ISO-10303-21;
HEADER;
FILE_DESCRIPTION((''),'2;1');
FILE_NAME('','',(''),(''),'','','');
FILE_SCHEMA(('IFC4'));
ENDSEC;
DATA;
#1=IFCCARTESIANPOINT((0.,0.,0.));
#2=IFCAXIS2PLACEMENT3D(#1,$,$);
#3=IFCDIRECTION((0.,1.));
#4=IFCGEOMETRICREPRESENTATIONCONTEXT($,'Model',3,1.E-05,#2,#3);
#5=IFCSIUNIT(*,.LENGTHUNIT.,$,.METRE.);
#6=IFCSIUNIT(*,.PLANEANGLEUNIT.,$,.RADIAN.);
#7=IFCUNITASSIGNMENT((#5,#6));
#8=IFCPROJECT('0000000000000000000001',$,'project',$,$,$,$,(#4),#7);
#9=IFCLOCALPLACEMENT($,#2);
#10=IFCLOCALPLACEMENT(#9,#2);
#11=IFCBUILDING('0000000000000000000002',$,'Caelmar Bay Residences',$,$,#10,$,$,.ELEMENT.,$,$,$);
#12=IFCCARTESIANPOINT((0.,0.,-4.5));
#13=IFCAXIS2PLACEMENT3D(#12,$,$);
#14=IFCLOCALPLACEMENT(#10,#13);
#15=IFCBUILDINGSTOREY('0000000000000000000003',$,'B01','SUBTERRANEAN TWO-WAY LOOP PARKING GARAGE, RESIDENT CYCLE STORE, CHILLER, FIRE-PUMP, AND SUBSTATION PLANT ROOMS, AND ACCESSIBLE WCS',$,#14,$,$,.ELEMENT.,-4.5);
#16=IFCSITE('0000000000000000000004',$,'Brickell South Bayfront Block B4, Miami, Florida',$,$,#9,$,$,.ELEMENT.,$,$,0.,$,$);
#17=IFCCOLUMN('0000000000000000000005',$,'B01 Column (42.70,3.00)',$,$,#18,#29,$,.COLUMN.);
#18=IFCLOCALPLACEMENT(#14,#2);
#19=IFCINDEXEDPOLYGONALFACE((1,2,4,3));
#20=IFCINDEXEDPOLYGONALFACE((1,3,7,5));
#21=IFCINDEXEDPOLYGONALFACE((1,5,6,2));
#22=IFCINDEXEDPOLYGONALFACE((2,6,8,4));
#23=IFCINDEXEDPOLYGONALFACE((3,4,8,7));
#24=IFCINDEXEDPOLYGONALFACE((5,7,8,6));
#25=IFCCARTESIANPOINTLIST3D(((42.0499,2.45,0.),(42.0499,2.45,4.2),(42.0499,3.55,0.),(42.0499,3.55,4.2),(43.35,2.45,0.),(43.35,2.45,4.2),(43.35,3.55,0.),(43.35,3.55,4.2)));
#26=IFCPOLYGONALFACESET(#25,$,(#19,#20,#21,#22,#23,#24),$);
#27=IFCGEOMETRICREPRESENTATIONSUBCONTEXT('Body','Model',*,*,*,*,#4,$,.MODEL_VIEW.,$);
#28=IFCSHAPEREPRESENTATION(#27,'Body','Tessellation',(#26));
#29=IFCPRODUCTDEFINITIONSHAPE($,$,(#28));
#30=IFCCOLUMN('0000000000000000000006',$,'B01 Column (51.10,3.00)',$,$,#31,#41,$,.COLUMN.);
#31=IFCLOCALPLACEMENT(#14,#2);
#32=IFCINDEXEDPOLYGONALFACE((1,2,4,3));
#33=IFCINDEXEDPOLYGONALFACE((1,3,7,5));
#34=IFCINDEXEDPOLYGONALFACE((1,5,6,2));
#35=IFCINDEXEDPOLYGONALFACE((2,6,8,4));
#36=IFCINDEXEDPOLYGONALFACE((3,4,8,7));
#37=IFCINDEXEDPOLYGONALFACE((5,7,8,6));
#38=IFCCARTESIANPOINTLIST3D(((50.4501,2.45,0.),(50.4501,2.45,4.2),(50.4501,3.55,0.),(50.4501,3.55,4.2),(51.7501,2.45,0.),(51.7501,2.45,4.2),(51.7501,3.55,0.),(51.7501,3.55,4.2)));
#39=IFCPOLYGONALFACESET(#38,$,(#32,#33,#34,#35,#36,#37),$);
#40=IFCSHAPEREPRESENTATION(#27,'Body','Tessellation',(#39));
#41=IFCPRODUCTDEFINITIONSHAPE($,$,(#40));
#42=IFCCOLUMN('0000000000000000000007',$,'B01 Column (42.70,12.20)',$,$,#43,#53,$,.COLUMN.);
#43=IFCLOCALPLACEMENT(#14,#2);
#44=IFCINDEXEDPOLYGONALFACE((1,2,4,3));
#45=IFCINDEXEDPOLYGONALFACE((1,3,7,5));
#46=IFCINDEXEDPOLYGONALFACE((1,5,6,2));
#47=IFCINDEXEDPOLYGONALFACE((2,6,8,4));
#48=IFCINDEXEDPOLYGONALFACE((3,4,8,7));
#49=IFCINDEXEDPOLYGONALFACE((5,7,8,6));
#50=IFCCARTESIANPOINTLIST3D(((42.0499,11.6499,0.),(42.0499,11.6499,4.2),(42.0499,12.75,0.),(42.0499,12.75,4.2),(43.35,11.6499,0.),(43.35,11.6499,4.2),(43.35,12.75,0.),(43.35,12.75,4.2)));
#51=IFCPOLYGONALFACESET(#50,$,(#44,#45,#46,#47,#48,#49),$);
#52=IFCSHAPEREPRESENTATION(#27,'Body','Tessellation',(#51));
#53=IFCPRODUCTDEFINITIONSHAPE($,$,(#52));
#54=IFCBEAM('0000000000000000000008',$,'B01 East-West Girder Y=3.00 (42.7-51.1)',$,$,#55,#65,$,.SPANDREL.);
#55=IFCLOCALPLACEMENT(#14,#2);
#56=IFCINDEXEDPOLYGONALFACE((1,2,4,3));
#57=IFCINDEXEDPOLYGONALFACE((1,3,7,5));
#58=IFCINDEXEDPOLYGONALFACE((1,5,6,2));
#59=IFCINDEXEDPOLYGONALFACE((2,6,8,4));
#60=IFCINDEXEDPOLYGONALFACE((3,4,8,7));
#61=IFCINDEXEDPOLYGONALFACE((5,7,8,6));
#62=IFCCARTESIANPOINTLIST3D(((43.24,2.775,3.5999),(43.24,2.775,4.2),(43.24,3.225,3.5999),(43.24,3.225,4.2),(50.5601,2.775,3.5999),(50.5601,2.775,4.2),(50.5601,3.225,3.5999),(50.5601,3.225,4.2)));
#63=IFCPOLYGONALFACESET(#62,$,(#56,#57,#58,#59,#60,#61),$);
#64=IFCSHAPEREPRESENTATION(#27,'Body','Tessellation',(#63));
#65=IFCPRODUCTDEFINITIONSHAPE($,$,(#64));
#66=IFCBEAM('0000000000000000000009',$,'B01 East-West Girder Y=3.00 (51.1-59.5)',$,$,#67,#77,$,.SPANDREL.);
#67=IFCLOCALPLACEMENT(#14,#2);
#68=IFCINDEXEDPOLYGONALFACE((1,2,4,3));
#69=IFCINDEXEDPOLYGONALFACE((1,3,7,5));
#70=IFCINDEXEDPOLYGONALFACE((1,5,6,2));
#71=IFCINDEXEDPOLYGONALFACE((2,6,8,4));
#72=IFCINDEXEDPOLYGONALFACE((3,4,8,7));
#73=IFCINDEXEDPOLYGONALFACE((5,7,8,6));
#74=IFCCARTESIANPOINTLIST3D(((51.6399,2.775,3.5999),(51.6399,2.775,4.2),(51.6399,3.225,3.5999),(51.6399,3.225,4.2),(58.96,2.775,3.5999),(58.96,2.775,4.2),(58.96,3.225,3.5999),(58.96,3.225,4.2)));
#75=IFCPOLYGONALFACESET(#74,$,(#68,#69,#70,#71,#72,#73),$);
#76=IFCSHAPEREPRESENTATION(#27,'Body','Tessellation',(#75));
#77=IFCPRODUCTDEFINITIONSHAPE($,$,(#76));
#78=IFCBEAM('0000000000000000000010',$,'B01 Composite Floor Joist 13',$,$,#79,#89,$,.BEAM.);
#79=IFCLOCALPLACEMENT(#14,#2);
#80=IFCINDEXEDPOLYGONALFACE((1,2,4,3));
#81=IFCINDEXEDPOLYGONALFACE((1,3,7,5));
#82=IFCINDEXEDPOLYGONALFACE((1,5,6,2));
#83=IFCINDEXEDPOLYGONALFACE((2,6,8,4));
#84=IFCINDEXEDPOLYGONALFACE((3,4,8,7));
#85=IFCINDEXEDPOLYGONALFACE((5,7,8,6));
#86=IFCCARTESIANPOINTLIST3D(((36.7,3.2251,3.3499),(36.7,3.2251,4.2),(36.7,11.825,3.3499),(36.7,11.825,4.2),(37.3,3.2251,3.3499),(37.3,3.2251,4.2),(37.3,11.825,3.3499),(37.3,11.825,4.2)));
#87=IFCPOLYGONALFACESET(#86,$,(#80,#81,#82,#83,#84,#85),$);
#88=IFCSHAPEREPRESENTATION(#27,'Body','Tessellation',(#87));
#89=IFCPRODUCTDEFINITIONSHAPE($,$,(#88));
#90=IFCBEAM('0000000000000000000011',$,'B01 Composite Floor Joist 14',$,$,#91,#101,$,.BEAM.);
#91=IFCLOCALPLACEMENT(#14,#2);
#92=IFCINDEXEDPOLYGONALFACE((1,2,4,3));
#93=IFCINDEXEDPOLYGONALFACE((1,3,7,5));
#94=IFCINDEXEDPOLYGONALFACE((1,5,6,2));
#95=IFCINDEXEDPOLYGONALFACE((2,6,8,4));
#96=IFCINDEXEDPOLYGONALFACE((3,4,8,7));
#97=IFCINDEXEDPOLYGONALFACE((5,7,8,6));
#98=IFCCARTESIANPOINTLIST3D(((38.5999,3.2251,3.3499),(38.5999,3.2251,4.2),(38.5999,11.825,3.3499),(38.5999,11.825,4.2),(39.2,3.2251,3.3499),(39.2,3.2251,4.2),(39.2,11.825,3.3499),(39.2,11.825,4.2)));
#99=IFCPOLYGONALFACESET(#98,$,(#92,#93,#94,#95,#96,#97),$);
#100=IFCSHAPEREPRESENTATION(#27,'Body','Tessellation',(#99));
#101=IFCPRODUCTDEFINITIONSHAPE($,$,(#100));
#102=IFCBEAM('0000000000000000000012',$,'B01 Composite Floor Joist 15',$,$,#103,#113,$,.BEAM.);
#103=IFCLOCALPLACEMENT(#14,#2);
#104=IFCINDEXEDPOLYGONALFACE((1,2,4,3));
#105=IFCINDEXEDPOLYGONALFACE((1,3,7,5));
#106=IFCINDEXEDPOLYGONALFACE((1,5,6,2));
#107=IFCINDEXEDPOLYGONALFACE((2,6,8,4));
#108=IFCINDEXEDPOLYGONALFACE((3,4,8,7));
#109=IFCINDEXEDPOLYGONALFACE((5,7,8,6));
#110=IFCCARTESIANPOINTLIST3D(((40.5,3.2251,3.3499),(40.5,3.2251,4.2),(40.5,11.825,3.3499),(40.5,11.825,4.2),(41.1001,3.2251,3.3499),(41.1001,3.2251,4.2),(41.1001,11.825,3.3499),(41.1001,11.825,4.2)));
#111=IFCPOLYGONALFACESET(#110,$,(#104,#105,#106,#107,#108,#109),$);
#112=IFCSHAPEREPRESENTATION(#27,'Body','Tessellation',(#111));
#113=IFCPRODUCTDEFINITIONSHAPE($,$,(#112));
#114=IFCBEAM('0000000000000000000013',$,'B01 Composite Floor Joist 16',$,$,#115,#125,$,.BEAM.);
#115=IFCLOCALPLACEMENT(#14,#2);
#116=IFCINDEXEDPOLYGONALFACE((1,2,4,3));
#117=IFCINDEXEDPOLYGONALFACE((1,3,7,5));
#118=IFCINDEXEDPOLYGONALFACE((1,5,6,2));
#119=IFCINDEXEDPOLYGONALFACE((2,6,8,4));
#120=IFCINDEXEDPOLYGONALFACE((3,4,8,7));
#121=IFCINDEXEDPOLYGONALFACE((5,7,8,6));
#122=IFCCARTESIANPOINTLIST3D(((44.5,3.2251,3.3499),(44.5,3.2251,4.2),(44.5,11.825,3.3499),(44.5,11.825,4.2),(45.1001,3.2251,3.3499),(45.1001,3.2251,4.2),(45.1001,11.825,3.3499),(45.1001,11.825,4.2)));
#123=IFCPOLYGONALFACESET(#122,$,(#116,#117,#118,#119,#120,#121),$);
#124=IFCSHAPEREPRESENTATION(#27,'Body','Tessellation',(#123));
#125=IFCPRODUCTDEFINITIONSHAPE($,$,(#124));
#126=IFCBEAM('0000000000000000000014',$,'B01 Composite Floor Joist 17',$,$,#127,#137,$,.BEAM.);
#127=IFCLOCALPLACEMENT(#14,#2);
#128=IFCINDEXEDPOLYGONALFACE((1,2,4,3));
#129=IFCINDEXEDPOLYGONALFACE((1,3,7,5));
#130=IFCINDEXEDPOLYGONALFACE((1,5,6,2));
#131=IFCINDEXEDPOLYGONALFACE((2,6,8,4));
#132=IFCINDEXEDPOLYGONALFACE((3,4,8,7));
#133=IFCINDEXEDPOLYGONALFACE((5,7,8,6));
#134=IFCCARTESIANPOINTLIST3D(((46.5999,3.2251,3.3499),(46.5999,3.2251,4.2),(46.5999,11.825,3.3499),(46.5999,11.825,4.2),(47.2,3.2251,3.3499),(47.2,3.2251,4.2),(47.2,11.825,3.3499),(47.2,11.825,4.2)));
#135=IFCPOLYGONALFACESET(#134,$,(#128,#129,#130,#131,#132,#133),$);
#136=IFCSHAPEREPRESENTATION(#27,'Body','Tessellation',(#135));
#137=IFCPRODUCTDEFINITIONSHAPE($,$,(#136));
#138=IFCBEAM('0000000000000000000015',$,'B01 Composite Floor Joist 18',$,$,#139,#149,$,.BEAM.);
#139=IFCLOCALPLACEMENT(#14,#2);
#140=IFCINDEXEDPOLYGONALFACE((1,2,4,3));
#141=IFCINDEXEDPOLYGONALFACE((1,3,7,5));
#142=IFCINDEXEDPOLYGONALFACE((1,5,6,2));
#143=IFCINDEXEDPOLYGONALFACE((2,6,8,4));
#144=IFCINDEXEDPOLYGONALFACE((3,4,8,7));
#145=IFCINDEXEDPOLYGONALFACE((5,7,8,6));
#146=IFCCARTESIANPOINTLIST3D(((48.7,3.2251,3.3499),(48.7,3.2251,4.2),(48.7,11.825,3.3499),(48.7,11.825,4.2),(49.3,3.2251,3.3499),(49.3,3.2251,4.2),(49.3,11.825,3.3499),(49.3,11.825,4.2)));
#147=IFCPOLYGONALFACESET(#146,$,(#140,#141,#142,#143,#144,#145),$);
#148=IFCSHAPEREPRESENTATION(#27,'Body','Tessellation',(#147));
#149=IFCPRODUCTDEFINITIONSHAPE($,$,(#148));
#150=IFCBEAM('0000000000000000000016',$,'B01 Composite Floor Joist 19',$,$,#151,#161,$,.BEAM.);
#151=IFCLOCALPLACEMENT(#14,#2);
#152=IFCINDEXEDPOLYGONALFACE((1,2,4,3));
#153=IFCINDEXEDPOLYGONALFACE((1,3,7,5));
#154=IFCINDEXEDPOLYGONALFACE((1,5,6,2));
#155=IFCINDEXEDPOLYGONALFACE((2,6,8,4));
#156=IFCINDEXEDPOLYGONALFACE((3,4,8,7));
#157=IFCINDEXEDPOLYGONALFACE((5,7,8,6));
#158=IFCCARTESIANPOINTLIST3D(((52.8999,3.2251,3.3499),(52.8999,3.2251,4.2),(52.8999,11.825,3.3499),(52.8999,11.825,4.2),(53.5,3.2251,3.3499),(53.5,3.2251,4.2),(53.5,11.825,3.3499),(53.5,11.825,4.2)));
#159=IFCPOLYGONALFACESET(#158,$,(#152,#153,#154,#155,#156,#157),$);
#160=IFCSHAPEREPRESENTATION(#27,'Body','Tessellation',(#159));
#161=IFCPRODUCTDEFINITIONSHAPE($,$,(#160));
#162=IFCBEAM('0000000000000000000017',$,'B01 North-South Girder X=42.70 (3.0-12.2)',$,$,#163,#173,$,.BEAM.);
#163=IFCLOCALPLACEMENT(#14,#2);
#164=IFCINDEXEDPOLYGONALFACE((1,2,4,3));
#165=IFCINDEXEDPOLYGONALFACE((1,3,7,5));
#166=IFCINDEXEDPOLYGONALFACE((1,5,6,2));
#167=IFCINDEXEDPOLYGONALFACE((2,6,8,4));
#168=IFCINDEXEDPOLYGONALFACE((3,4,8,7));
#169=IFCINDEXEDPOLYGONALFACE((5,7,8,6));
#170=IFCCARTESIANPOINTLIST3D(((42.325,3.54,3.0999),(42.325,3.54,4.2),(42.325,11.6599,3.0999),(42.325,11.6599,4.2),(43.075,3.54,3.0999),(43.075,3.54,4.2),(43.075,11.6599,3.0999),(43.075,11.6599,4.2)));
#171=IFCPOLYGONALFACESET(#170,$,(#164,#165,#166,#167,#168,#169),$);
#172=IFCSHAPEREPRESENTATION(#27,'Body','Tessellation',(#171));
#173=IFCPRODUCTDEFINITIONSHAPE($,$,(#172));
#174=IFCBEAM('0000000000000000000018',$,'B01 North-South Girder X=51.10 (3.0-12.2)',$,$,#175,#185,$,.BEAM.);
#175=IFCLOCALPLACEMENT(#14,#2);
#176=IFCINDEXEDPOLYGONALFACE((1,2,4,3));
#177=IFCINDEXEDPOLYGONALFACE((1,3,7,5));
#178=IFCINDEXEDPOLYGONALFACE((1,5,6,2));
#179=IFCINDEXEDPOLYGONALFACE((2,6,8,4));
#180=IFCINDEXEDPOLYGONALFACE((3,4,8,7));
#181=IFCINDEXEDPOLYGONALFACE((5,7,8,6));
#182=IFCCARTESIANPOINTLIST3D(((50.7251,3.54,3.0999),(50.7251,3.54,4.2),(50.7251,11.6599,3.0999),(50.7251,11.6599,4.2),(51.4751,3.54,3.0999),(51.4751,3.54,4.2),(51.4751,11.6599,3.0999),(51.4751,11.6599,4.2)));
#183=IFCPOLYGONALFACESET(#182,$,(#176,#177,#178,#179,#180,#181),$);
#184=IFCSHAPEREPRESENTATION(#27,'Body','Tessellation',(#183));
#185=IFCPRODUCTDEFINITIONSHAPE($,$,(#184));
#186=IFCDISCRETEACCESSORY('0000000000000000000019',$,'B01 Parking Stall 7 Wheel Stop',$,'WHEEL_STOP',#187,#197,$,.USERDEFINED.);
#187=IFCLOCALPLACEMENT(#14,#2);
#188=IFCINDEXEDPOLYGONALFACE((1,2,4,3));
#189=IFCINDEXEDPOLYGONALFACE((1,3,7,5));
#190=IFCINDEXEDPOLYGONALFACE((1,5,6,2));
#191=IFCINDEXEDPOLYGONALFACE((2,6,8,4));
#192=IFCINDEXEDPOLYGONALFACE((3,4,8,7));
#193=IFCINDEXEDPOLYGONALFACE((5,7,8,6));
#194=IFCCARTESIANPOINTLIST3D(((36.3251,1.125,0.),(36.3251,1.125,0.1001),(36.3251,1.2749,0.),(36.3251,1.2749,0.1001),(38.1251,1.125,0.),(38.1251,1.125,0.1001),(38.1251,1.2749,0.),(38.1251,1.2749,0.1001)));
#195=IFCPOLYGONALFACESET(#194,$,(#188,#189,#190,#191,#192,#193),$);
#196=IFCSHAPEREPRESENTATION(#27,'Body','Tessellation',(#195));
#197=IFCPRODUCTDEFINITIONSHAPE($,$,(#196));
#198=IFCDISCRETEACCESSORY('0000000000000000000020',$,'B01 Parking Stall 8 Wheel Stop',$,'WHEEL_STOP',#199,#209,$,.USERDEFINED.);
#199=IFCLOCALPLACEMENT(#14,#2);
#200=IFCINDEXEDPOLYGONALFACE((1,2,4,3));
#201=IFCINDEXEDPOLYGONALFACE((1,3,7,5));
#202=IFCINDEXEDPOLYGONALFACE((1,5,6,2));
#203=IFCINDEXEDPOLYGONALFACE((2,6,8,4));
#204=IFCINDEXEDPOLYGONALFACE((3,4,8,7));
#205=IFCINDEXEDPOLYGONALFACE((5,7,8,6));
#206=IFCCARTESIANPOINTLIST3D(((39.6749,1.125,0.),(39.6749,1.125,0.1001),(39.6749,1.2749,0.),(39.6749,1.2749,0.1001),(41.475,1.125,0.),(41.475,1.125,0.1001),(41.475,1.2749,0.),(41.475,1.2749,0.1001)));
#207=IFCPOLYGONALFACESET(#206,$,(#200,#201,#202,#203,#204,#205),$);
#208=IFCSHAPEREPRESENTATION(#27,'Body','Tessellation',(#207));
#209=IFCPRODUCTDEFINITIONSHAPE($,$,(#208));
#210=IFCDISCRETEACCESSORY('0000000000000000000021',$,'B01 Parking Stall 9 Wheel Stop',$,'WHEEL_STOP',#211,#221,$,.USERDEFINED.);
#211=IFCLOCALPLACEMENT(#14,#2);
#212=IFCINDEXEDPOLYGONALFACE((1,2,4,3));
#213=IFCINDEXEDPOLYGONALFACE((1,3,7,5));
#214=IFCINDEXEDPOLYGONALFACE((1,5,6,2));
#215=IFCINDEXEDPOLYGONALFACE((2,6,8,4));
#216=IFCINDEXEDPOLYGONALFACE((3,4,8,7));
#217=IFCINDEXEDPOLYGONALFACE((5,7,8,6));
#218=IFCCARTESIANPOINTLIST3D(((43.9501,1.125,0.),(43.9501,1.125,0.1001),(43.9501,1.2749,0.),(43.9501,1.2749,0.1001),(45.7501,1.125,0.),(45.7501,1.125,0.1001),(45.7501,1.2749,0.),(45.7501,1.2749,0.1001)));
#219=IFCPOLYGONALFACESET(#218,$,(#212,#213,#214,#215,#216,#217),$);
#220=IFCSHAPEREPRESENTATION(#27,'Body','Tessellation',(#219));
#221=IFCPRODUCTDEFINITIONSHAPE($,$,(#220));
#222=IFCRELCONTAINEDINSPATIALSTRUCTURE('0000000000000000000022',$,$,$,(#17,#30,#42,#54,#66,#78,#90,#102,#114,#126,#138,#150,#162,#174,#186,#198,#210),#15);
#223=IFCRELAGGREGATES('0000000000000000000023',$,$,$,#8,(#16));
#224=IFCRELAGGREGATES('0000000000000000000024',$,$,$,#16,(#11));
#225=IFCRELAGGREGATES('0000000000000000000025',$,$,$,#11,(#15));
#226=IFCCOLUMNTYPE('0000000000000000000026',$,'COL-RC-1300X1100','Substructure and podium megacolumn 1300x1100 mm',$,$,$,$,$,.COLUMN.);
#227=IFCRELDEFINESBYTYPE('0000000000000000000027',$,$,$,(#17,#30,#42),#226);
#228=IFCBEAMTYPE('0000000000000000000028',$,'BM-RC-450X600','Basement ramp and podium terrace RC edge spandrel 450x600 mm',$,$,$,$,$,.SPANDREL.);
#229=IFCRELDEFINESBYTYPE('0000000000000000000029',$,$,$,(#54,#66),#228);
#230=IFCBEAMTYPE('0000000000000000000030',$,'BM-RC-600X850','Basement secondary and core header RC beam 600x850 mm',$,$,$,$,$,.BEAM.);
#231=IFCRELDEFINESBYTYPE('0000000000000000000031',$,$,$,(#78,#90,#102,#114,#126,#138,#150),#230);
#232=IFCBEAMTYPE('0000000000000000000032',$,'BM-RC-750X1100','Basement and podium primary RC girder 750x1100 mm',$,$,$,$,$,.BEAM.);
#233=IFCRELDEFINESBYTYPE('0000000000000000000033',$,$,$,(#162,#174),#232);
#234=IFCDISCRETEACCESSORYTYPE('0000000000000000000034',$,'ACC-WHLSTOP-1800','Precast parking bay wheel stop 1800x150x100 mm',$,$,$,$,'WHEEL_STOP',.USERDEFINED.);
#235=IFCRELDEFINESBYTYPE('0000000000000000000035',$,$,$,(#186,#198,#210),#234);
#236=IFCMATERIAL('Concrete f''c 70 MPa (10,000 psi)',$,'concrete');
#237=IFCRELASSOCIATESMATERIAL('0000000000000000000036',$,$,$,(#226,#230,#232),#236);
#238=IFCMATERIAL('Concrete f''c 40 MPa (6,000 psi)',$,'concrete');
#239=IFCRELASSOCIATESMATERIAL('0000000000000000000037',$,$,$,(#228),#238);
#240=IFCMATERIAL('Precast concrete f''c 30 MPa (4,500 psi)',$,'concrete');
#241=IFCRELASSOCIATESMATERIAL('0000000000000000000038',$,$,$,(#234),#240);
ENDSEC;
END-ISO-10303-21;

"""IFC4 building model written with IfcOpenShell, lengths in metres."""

from ifc_helpers import new_model, si_unit, direction, frame, origin, origin_2d, place, context, subcontext, project, spatial, rectangle, extrude, material, material_profile, profile_set, type_object, element, save


model = new_model("IFC4")

# Units and contexts
model_context = context("Model", 3, precision=1e-05, world=origin(), true_north=direction((0.0, 1.0)))
body_context = subcontext(model_context, "Body", "Model", "MODEL_VIEW")
ifc_project = project(units=[si_unit("LENGTHUNIT", "METRE"), si_unit("PLANEANGLEUNIT", "RADIAN")], contexts=[model_context])

# Site, building, storey
site_placement = place(None, origin())
site = spatial("IfcSite", under=ifc_project, at=site_placement, Name="Brickell South Bayfront Block B4, Miami, Florida", CompositionType="ELEMENT", RefElevation=0.0)
building_placement = place(site_placement, origin())
building = spatial("IfcBuilding", under=site, at=building_placement, Name="Caelmar Bay Residences", CompositionType="ELEMENT")
storey_placement = place(building_placement, frame((0.0, 0.0, -4.5)))
storey = spatial("IfcBuildingStorey", under=building, at=storey_placement, Name="B01", Description="SUBTERRANEAN TWO-WAY LOOP PARKING GARAGE, RESIDENT CYCLE STORE, CHILLER, FIRE-PUMP, AND SUBSTATION PLANT ROOMS, AND ACCESSIBLE WCS", CompositionType="ELEMENT", Elevation=-4.5)

# Columns
ifc_material_1 = material(Name="Concrete f'c 70 MPa (10,000 psi)", Category="concrete")
ifc_material_profile_1 = material_profile(ifc_material_1, rectangle(XDim=1.3, YDim=1.1001, at=origin_2d()), Name="RC-COL-1300X1100")
ifc_profile_set_1 = profile_set([ifc_material_profile_1], Name="Concrete f'c 70 MPa (10,000 psi)")
column_type = type_object("IfcColumnType", Name="COL-RC-1300X1100", Description="Substructure and podium megacolumn 1300x1100 mm", PredefinedType="COLUMN", material=ifc_profile_set_1)
for number, where, z_axis, x_axis, name in (
    (1, (42.7, 3.0, 0.0), (0.0, 0.0, 1.0), (1.0, 0.0, 0.0), "B01 Column (42.70,3.00)"),
    (2, (51.1001, 3.0, 0.0), (0.0, 0.0, 1.0), (1.0, 0.0, 0.0), "B01 Column (51.10,3.00)"),
    (3, (42.7, 12.2, 0.0), (0.0, 0.0, 1.0), (1.0, 0.0, 0.0), "B01 Column (42.70,12.20)"),
):
    element("IfcColumn", number, at=place(storey_placement, frame(where, z_axis=z_axis, x_axis=x_axis)), inside=storey, type_object=column_type, Name=name, PredefinedType="COLUMN", context=body_context, shape_type="SweptSolid", body=[
        extrude(rectangle(XDim=1.3, YDim=1.1001, at=origin_2d()), origin(), (0.0, 0.0, 1.0), 4.2),
    ])

# Beams
ifc_material_2 = material(Name="Concrete f'c 40 MPa (6,000 psi)", Category="concrete")
ifc_material_profile_2 = material_profile(ifc_material_2, rectangle(XDim=0.45, YDim=0.6001, at=origin_2d()), Name="RC-BM-450X600")
ifc_profile_set_2 = profile_set([ifc_material_profile_2], Name="Concrete f'c 40 MPa (6,000 psi)")
beam_type_1 = type_object("IfcBeamType", Name="BM-RC-450X600", Description="Basement ramp and podium terrace RC edge spandrel 450x600 mm", PredefinedType="SPANDREL", material=ifc_profile_set_2)
for number, where, z_axis, x_axis, name in (
    (4, (43.24, 3.0, 3.8999), (1.0, 0.0, 0.0), (0.0, 1.0, 0.0), "B01 East-West Girder Y=3.00 (42.7-51.1)"),
    (5, (51.6399, 3.0, 3.8999), (1.0, 0.0, 0.0), (0.0, 1.0, 0.0), "B01 East-West Girder Y=3.00 (51.1-59.5)"),
):
    element("IfcBeam", number, at=place(storey_placement, frame(where, z_axis=z_axis, x_axis=x_axis)), inside=storey, type_object=beam_type_1, Name=name, PredefinedType="SPANDREL", context=body_context, shape_type="SweptSolid", body=[
        extrude(rectangle(XDim=0.45, YDim=0.6001, at=origin_2d()), origin(), (0.0, 0.0, 1.0), 7.3201),
    ])
ifc_material_profile_3 = material_profile(ifc_material_1, rectangle(XDim=0.6001, YDim=0.8501, at=origin_2d()), Name="RC-BM-600X850")
ifc_profile_set_3 = profile_set([ifc_material_profile_3], Name="Concrete f'c 70 MPa (10,000 psi)")
beam_type_2 = type_object("IfcBeamType", Name="BM-RC-600X850", Description="Basement secondary and core header RC beam 600x850 mm", PredefinedType="BEAM", material=ifc_profile_set_3)
for number, where, z_axis, x_axis, name in (
    (6, (37.0, 3.2251, 3.7749), (0.0, 1.0, 0.0), (-1.0, 0.0, 0.0), "B01 Composite Floor Joist 13"),
    (7, (38.8999, 3.2251, 3.7749), (0.0, 1.0, 0.0), (-1.0, 0.0, 0.0), "B01 Composite Floor Joist 14"),
    (8, (40.8, 3.2251, 3.7749), (0.0, 1.0, 0.0), (-1.0, 0.0, 0.0), "B01 Composite Floor Joist 15"),
    (9, (44.8, 3.2251, 3.7749), (0.0, 1.0, 0.0), (-1.0, 0.0, 0.0), "B01 Composite Floor Joist 16"),
    (10, (46.8999, 3.2251, 3.7749), (0.0, 1.0, 0.0), (-1.0, 0.0, 0.0), "B01 Composite Floor Joist 17"),
    (11, (49.0, 3.2251, 3.7749), (0.0, 1.0, 0.0), (-1.0, 0.0, 0.0), "B01 Composite Floor Joist 18"),
    (12, (53.2, 3.2251, 3.7749), (0.0, 1.0, 0.0), (-1.0, 0.0, 0.0), "B01 Composite Floor Joist 19"),
):
    element("IfcBeam", number, at=place(storey_placement, frame(where, z_axis=z_axis, x_axis=x_axis)), inside=storey, type_object=beam_type_2, Name=name, PredefinedType="BEAM", context=body_context, shape_type="SweptSolid", body=[
        extrude(rectangle(XDim=0.6001, YDim=0.8501, at=origin_2d()), origin(), (0.0, 0.0, 1.0), 8.5999),
    ])
ifc_material_profile_4 = material_profile(ifc_material_1, rectangle(XDim=0.75, YDim=1.1001, at=origin_2d()), Name="RC-BM-750X1100")
ifc_profile_set_4 = profile_set([ifc_material_profile_4], Name="Concrete f'c 70 MPa (10,000 psi)")
beam_type_3 = type_object("IfcBeamType", Name="BM-RC-750X1100", Description="Basement and podium primary RC girder 750x1100 mm", PredefinedType="BEAM", material=ifc_profile_set_4)
for number, where, z_axis, x_axis, name in (
    (13, (42.7, 3.54, 3.6499), (0.0, 1.0, 0.0), (-1.0, 0.0, 0.0), "B01 North-South Girder X=42.70 (3.0-12.2)"),
    (14, (51.1001, 3.54, 3.6499), (0.0, 1.0, 0.0), (-1.0, 0.0, 0.0), "B01 North-South Girder X=51.10 (3.0-12.2)"),
):
    element("IfcBeam", number, at=place(storey_placement, frame(where, z_axis=z_axis, x_axis=x_axis)), inside=storey, type_object=beam_type_3, Name=name, PredefinedType="BEAM", context=body_context, shape_type="SweptSolid", body=[
        extrude(rectangle(XDim=0.75, YDim=1.1001, at=origin_2d()), origin(), (0.0, 0.0, 1.0), 8.1199),
    ])

# Discrete accessories
ifc_material_3 = material(Name="Precast concrete f'c 30 MPa (4,500 psi)", Category="concrete")
discrete_accessory_type = type_object("IfcDiscreteAccessoryType", Name="ACC-WHLSTOP-1800", Description="Precast parking bay wheel stop 1800x150x100 mm", ElementType="WHEEL_STOP", PredefinedType="USERDEFINED", material=ifc_material_3)
for number, where, z_axis, x_axis, name in (
    (15, (37.2251, 1.2, 0.0), (0.0, 0.0, 1.0), (1.0, 0.0, 0.0), "B01 Parking Stall 7 Wheel Stop"),
    (16, (40.575, 1.2, 0.0), (0.0, 0.0, 1.0), (1.0, 0.0, 0.0), "B01 Parking Stall 8 Wheel Stop"),
    (17, (44.8501, 1.2, 0.0), (0.0, 0.0, 1.0), (1.0, 0.0, 0.0), "B01 Parking Stall 9 Wheel Stop"),
):
    element("IfcDiscreteAccessory", number, at=place(storey_placement, frame(where, z_axis=z_axis, x_axis=x_axis)), inside=storey, type_object=discrete_accessory_type, Name=name, ObjectType="WHEEL_STOP", PredefinedType="USERDEFINED", context=body_context, shape_type="SweptSolid", body=[
        extrude(rectangle(XDim=1.8, YDim=0.1499, at=origin_2d()), origin(), (0.0, 0.0, 1.0), 0.1001),
    ])

save(model, "model.ifc")
